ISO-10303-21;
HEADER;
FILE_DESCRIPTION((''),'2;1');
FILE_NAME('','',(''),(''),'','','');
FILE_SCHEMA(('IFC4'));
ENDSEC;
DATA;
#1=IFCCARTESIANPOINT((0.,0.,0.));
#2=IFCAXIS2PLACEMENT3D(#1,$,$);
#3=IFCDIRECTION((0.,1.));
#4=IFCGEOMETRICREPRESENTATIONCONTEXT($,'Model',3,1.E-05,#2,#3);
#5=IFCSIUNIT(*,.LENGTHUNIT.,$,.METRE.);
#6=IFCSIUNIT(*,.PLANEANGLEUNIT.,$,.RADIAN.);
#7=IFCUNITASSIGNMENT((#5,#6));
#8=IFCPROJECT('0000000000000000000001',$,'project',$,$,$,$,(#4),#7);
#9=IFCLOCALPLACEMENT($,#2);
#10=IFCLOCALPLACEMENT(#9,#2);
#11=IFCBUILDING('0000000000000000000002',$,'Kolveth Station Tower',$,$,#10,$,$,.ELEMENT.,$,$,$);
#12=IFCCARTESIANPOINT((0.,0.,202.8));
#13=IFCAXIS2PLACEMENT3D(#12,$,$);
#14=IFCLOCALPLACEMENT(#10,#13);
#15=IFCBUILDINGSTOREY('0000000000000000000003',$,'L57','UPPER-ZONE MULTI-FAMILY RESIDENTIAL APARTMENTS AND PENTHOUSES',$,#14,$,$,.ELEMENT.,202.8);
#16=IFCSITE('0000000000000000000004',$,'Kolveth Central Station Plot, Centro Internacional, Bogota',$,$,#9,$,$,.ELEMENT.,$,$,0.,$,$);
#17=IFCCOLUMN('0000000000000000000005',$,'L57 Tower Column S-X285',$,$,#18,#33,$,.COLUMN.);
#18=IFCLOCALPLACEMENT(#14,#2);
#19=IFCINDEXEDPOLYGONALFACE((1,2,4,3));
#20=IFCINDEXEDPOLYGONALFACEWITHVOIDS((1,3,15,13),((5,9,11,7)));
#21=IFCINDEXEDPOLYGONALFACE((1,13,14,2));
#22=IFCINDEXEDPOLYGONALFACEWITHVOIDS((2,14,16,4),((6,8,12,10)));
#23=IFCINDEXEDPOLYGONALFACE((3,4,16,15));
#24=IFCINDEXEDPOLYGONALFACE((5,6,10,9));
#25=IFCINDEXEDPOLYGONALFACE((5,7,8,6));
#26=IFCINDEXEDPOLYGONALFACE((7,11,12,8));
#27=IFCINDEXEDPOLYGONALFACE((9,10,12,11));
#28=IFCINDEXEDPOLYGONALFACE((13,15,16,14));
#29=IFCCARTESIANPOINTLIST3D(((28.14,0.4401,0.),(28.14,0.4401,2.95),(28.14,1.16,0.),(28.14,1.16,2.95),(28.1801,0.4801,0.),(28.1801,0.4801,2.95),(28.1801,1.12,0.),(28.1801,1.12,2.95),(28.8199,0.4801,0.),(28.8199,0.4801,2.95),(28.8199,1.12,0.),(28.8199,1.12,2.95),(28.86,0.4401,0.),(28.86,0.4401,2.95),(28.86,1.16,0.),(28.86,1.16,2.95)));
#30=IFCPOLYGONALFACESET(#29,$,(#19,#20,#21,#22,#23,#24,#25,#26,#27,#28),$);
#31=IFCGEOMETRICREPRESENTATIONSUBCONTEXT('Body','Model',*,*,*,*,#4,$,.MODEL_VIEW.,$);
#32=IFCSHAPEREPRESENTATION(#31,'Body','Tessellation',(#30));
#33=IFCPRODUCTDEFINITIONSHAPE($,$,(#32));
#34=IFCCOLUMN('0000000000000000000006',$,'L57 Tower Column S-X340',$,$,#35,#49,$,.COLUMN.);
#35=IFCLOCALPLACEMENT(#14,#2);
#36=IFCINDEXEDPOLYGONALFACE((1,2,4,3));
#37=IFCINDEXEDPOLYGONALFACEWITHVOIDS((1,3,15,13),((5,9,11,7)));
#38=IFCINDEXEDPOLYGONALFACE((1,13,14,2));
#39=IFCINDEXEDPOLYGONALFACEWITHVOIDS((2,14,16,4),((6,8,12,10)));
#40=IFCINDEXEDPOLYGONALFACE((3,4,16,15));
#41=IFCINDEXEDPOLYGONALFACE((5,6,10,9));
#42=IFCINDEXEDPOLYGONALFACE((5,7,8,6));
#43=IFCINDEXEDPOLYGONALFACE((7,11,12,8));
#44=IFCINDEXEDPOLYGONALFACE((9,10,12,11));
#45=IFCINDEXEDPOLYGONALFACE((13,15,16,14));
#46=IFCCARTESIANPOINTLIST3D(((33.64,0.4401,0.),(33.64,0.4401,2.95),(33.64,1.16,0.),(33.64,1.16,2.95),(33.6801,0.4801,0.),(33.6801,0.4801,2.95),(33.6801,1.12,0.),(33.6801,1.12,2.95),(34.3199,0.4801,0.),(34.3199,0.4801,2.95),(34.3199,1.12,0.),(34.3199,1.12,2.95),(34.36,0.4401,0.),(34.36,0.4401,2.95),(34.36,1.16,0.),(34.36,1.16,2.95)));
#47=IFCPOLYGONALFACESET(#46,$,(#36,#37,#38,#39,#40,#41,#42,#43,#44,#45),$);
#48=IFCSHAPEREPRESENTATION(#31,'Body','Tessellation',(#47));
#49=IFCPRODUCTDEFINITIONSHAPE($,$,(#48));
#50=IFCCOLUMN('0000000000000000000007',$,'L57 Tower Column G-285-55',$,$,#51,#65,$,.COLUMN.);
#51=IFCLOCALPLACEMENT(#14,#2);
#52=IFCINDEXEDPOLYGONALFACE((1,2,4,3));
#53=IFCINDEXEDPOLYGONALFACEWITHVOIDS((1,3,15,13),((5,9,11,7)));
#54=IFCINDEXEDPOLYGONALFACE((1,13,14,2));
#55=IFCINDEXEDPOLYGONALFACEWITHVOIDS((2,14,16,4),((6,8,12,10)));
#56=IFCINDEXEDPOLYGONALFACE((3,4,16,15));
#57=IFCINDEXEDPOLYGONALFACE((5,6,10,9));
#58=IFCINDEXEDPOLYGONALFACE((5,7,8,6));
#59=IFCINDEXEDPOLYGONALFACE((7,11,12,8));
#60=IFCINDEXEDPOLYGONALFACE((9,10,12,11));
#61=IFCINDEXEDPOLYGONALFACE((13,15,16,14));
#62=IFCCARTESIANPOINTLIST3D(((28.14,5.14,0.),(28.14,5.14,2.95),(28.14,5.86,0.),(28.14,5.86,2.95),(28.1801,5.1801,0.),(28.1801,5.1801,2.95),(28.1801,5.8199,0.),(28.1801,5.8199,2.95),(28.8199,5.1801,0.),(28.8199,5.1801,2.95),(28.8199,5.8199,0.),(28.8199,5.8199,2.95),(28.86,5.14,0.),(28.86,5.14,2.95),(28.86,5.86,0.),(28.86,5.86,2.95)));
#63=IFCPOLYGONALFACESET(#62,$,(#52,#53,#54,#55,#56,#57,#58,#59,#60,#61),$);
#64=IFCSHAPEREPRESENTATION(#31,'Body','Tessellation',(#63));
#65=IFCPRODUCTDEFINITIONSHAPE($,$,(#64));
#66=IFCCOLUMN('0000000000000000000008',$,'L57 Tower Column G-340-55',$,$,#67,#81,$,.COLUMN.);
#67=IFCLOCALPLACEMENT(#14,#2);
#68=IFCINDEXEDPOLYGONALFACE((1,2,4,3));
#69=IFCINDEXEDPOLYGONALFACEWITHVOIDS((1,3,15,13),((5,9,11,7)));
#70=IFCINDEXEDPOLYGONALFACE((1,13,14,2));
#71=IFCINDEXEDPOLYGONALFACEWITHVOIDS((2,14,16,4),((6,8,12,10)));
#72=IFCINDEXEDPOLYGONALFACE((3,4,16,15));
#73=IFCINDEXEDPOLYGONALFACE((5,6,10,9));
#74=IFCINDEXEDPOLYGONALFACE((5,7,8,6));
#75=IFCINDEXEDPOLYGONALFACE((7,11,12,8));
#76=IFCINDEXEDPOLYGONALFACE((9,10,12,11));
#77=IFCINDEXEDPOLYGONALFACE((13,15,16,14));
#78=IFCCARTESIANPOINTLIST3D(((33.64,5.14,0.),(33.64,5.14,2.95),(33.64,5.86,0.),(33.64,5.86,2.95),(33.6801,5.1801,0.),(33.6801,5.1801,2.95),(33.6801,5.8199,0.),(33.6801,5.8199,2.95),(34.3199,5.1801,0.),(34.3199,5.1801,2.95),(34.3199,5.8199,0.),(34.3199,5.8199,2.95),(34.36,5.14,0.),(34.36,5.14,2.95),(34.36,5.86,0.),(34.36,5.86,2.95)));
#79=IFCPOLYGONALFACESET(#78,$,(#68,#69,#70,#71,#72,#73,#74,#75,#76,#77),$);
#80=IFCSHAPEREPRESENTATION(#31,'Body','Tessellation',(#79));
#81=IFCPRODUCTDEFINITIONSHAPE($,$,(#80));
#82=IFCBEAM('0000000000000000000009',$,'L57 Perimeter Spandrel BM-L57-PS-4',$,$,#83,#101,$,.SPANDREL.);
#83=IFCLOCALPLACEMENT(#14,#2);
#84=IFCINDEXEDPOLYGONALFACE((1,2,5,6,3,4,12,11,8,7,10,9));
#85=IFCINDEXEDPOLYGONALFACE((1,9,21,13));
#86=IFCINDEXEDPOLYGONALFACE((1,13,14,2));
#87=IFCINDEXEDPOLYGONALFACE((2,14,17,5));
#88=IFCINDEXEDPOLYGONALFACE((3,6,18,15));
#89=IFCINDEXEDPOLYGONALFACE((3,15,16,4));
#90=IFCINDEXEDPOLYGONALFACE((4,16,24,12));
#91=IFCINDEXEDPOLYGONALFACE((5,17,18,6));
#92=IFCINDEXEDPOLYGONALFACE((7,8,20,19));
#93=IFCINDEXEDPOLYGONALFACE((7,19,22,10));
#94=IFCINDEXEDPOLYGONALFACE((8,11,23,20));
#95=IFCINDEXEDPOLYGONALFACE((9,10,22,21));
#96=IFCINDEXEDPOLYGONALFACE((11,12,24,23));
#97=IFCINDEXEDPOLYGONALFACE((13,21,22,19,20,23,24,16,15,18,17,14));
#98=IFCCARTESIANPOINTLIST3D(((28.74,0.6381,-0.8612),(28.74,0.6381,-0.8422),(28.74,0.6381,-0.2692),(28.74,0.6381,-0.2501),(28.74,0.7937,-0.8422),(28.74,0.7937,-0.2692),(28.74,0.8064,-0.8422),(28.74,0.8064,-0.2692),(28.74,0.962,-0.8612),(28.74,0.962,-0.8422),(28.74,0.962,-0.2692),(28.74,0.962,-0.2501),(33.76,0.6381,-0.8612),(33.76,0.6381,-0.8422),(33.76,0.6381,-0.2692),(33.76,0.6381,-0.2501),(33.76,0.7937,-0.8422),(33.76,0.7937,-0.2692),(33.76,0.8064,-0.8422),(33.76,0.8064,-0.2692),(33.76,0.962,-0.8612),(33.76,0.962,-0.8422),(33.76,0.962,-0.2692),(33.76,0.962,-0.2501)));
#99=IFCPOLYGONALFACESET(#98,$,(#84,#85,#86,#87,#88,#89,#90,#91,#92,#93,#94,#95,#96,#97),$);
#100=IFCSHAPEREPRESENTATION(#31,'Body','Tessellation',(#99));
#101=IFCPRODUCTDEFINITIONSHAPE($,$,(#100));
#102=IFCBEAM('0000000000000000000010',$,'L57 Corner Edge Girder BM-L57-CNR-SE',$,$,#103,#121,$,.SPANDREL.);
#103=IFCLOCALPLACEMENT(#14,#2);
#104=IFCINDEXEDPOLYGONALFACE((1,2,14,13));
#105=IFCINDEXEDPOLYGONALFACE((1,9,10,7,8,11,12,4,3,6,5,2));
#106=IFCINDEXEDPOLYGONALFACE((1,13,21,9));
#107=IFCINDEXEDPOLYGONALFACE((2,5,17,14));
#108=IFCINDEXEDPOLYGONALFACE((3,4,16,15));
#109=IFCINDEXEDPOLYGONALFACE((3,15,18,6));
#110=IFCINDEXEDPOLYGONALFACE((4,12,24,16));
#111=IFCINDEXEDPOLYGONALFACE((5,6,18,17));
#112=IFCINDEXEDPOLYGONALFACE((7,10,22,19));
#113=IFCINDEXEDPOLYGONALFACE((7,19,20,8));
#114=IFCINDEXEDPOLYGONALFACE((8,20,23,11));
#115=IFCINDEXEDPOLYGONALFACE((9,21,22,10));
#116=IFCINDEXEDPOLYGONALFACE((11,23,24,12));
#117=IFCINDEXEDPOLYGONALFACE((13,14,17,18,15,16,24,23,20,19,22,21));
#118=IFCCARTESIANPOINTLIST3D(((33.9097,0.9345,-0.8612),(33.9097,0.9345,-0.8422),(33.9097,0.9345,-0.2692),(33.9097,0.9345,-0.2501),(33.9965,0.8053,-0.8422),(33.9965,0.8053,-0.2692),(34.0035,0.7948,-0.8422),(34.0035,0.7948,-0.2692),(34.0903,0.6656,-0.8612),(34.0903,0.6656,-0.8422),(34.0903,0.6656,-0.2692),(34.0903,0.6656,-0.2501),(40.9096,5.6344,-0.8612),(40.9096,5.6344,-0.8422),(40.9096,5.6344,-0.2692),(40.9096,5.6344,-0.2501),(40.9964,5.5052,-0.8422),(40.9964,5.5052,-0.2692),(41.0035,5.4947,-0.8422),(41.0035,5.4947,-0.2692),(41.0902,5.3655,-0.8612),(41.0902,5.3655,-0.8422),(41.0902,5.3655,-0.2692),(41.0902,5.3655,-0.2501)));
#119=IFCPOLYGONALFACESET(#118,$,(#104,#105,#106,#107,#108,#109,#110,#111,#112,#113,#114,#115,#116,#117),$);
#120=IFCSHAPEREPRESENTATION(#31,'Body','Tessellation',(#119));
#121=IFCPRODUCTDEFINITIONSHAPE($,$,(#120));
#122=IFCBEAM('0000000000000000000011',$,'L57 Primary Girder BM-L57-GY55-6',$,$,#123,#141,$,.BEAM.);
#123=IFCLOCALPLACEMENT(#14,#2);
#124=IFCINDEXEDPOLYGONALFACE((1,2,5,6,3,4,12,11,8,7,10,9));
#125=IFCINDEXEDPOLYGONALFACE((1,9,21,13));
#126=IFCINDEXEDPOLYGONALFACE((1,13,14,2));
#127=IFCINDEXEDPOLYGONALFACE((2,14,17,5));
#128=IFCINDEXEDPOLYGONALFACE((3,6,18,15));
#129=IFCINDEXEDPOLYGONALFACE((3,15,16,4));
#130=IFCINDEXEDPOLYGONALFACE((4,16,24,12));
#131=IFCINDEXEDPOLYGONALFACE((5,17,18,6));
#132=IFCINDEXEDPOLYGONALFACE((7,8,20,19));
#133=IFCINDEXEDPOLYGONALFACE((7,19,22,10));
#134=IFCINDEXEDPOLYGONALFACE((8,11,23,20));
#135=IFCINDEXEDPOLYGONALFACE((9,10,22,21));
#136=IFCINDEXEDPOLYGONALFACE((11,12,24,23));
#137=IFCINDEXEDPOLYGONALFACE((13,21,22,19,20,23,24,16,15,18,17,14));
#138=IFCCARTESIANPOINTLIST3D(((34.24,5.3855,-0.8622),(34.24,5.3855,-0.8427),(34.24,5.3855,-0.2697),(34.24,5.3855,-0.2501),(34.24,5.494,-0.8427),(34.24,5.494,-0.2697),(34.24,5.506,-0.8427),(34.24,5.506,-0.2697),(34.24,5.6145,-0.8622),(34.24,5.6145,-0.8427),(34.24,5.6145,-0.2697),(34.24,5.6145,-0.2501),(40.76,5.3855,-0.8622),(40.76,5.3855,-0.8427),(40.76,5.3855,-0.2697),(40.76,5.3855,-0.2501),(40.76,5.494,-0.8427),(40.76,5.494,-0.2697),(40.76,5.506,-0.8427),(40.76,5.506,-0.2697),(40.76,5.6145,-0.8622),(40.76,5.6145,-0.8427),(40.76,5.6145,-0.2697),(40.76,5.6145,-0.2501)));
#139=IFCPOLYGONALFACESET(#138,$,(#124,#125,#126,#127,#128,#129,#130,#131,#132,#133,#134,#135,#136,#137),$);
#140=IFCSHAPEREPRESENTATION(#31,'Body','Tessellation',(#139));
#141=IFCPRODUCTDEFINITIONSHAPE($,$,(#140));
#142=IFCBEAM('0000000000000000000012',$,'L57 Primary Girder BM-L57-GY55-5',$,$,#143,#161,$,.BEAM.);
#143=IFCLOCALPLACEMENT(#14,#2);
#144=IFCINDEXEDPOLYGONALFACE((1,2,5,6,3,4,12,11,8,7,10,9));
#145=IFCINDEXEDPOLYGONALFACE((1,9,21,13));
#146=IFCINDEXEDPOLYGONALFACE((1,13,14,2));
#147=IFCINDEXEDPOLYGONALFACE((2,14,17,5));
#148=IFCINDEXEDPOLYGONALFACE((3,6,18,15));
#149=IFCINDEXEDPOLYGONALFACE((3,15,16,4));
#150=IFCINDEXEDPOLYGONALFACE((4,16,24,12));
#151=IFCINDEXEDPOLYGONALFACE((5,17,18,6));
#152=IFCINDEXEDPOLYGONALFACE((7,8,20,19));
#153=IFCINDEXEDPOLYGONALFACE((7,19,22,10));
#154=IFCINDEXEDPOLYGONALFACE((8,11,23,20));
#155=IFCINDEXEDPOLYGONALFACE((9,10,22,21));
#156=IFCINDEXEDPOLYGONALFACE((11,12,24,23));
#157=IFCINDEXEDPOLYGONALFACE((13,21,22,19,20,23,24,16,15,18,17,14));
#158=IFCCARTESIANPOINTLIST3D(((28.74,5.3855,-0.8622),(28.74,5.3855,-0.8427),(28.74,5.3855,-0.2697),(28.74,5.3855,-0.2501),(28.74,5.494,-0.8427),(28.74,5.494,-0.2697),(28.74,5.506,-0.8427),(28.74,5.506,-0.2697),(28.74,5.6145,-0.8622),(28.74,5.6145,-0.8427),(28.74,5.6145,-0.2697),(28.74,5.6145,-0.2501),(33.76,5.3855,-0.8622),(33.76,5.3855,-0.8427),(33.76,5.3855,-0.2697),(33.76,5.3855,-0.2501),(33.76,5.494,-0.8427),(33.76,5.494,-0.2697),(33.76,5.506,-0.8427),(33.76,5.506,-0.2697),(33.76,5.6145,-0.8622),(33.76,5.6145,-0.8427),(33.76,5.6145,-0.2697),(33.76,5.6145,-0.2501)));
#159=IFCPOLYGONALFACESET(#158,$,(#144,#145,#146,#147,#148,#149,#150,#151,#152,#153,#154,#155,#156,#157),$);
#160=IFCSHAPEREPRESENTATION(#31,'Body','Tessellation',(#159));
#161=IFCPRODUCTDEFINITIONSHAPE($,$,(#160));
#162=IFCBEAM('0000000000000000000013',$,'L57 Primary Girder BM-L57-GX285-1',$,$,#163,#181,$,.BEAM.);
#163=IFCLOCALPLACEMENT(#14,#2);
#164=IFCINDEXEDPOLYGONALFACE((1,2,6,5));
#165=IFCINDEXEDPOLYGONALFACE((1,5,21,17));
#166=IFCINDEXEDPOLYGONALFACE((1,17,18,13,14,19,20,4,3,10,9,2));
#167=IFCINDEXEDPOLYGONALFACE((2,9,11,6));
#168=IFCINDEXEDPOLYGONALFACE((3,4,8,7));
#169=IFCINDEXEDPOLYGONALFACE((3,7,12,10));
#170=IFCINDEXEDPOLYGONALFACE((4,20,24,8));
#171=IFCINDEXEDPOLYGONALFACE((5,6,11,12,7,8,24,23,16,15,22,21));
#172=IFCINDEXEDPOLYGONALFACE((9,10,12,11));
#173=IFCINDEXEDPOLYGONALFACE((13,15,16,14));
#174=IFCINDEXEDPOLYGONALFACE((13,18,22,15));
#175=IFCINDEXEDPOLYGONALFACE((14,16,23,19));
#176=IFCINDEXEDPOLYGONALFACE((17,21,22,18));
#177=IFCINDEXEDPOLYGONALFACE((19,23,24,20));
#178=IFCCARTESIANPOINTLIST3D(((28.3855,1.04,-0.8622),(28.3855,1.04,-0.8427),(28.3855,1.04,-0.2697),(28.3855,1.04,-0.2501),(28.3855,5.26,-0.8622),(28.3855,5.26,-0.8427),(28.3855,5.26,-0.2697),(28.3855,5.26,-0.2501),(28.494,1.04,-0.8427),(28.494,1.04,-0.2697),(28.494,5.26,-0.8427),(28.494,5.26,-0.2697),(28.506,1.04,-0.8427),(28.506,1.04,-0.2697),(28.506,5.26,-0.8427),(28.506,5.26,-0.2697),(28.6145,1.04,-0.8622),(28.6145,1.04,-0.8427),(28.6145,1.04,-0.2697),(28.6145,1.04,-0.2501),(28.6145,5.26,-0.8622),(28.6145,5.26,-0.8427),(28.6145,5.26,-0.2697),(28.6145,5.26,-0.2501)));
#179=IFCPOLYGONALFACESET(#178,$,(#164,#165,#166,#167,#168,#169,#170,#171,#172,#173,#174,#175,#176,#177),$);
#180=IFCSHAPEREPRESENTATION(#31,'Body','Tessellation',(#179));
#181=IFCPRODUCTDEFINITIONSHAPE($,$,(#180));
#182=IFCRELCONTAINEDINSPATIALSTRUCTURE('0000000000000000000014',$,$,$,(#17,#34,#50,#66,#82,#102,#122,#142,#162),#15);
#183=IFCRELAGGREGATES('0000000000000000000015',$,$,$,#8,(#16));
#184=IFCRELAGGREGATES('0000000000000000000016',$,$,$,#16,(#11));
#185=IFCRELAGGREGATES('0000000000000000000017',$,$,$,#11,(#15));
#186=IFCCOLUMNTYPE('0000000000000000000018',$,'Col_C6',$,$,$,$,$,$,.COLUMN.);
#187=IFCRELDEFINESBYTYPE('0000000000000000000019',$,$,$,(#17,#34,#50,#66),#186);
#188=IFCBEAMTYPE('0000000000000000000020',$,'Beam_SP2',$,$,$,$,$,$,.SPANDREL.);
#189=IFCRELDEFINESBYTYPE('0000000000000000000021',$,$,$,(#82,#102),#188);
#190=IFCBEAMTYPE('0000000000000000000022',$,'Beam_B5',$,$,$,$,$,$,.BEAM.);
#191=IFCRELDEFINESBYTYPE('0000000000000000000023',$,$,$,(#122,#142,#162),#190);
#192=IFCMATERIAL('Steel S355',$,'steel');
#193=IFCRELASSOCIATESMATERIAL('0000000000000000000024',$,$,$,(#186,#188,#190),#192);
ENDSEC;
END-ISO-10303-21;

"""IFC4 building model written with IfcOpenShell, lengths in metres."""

from ifc_helpers import new_model, si_unit, direction, frame, origin, origin_2d, place, context, subcontext, project, spatial, hollow_rectangle, i_section, extrude, source, transform, mapped, material, material_profile, profile_set, type_object, element, save


model = new_model("IFC4")

# Units and contexts
model_context = context("Model", 3, precision=1e-05, world=origin(), true_north=direction((0.0, 1.0)))
body_context = subcontext(model_context, "Body", "Model", "MODEL_VIEW")
ifc_project = project(units=[si_unit("LENGTHUNIT", "METRE"), si_unit("PLANEANGLEUNIT", "RADIAN")], contexts=[model_context])

# Site, building, storey
site_placement = place(None, origin())
site = spatial("IfcSite", under=ifc_project, at=site_placement, Name="Kolveth Central Station Plot, Centro Internacional, Bogota", CompositionType="ELEMENT", RefElevation=0.0)
building_placement = place(site_placement, origin())
building = spatial("IfcBuilding", under=site, at=building_placement, Name="Kolveth Station Tower", CompositionType="ELEMENT")
storey_placement = place(building_placement, frame((0.0, 0.0, 202.8)))
storey = spatial("IfcBuildingStorey", under=building, at=storey_placement, Name="L57", Description="UPPER-ZONE MULTI-FAMILY RESIDENTIAL APARTMENTS AND PENTHOUSES", CompositionType="ELEMENT", Elevation=202.8)

# Columns
ifc_material_1 = material(Name="Steel S355", Category="steel")
ifc_material_profile_1 = material_profile(ifc_material_1, hollow_rectangle(XDim=0.72, YDim=0.72, WallThickness=0.04, at=origin_2d()), Name="BOX720x720x40")
ifc_profile_set_1 = profile_set([ifc_material_profile_1], Name="Steel S355")
column_type = type_object("IfcColumnType", Name="Col_C6", PredefinedType="COLUMN", material=ifc_profile_set_1)
shared_shape_1 = source(origin(), body_context, "Body", "SweptSolid", [
    extrude(hollow_rectangle(XDim=0.72, YDim=0.72, WallThickness=0.04, at=origin_2d()), origin(), (0.0, 0.0, 1.0), 2.95),
])
for number, where, z_axis, x_axis, name in (
    (1, (28.5, 0.8, 0.0), (0.0, 0.0, 1.0), (1.0, 0.0, 0.0), "L57 Tower Column S-X285"),
    (2, (34.0, 0.8, 0.0), (0.0, 0.0, 1.0), (1.0, 0.0, 0.0), "L57 Tower Column S-X340"),
    (3, (28.5, 5.5, 0.0), (0.0, 0.0, 1.0), (1.0, 0.0, 0.0), "L57 Tower Column G-285-55"),
    (4, (34.0, 5.5, 0.0), (0.0, 0.0, 1.0), (1.0, 0.0, 0.0), "L57 Tower Column G-340-55"),
):
    element("IfcColumn", number, at=place(storey_placement, frame(where, z_axis=z_axis, x_axis=x_axis)), inside=storey, type_object=column_type, Name=name, PredefinedType="COLUMN", context=body_context, shape_type="MappedRepresentation", body=[
        mapped(shared_shape_1, transform((0.0, 0.0, 0.0), x_axis=(1.0, 0.0, 0.0), y_axis=(0.0, 1.0, 0.0), z_axis=(0.0, 0.0, 1.0), scale=1.0)),
    ])

# Beams
ifc_material_profile_2 = material_profile(ifc_material_1, i_section(OverallWidth=0.324, OverallDepth=0.6111, WebThickness=0.0127, FlangeThickness=0.019, at=origin_2d()), Name="W610x155")
ifc_profile_set_2 = profile_set([ifc_material_profile_2], Name="Steel S355")
beam_type_1 = type_object("IfcBeamType", Name="Beam_SP2", PredefinedType="SPANDREL", material=ifc_profile_set_2)
shared_shape_2 = source(origin(), body_context, "Body", "SweptSolid", [
    extrude(i_section(OverallWidth=0.324, OverallDepth=0.6111, WebThickness=0.0127, FlangeThickness=0.019, at=origin_2d()), origin(), (0.0, 0.0, 1.0), 5.02),
])
beam_1_placement = place(storey_placement, frame((28.74, 0.8, -0.5557), z_axis=(1.0, 0.0, 0.0), x_axis=(0.0, 1.0, 0.0)))
element("IfcBeam", 5, at=beam_1_placement, inside=storey, type_object=beam_type_1, Name="L57 Perimeter Spandrel BM-L57-PS-4", PredefinedType="SPANDREL", context=body_context, shape_type="MappedRepresentation", body=[
    mapped(shared_shape_2, transform((0.0, 0.0, 0.0), x_axis=(1.0, 0.0, 0.0), y_axis=(0.0, 1.0, 0.0), z_axis=(0.0, 0.0, 1.0), scale=1.0)),
])
shared_shape_3 = source(origin(), body_context, "Body", "SweptSolid", [
    extrude(i_section(OverallWidth=0.324, OverallDepth=0.6111, WebThickness=0.0127, FlangeThickness=0.019, at=origin_2d()), origin(), (0.0, 0.0, 1.0), 8.4314),
])
beam_2_placement = place(storey_placement, frame((34.0, 0.8, -0.5557), z_axis=(0.830224, 0.55743, 0.0), x_axis=(-0.55743, 0.830224, 0.0)))
element("IfcBeam", 6, at=beam_2_placement, inside=storey, type_object=beam_type_1, Name="L57 Corner Edge Girder BM-L57-CNR-SE", PredefinedType="SPANDREL", context=body_context, shape_type="MappedRepresentation", body=[
    mapped(shared_shape_3, transform((0.0, 0.0, 0.0), x_axis=(1.0, 0.0, 0.0), y_axis=(0.0, 1.0, 0.0), z_axis=(0.0, 0.0, 1.0), scale=1.0)),
])
ifc_material_profile_3 = material_profile(ifc_material_1, i_section(OverallWidth=0.229, OverallDepth=0.6121, WebThickness=0.012, FlangeThickness=0.0195, at=origin_2d()), Name="W610x125")
ifc_profile_set_3 = profile_set([ifc_material_profile_3], Name="Steel S355")
beam_type_2 = type_object("IfcBeamType", Name="Beam_B5", PredefinedType="BEAM", material=ifc_profile_set_3)
shared_shape_4 = source(origin(), body_context, "Body", "SweptSolid", [
    extrude(i_section(OverallWidth=0.229, OverallDepth=0.6121, WebThickness=0.012, FlangeThickness=0.0195, at=origin_2d()), origin(), (0.0, 0.0, 1.0), 6.52),
])
beam_3_placement = place(storey_placement, frame((34.24, 5.5, -0.5562), z_axis=(1.0, 0.0, 0.0), x_axis=(0.0, 1.0, 0.0)))
element("IfcBeam", 7, at=beam_3_placement, inside=storey, type_object=beam_type_2, Name="L57 Primary Girder BM-L57-GY55-6", PredefinedType="BEAM", context=body_context, shape_type="MappedRepresentation", body=[
    mapped(shared_shape_4, transform((0.0, 0.0, 0.0), x_axis=(1.0, 0.0, 0.0), y_axis=(0.0, 1.0, 0.0), z_axis=(0.0, 0.0, 1.0), scale=1.0)),
])
shared_shape_5 = source(origin(), body_context, "Body", "SweptSolid", [
    extrude(i_section(OverallWidth=0.229, OverallDepth=0.6121, WebThickness=0.012, FlangeThickness=0.0195, at=origin_2d()), origin(), (0.0, 0.0, 1.0), 5.02),
])
beam_4_placement = place(storey_placement, frame((28.74, 5.5, -0.5562), z_axis=(1.0, 0.0, 0.0), x_axis=(0.0, 1.0, 0.0)))
element("IfcBeam", 8, at=beam_4_placement, inside=storey, type_object=beam_type_2, Name="L57 Primary Girder BM-L57-GY55-5", PredefinedType="BEAM", context=body_context, shape_type="MappedRepresentation", body=[
    mapped(shared_shape_5, transform((0.0, 0.0, 0.0), x_axis=(1.0, 0.0, 0.0), y_axis=(0.0, 1.0, 0.0), z_axis=(0.0, 0.0, 1.0), scale=1.0)),
])
shared_shape_6 = source(origin(), body_context, "Body", "SweptSolid", [
    extrude(i_section(OverallWidth=0.229, OverallDepth=0.6121, WebThickness=0.012, FlangeThickness=0.0195, at=origin_2d()), origin(), (0.0, 0.0, 1.0), 4.22),
])
for number, where, z_axis, x_axis, name in (
    (9, (28.5, 1.04, -0.5562), (0.0, 1.0, 0.0), (-1.0, 0.0, 0.0), "L57 Primary Girder BM-L57-GX285-1"),
):
    element("IfcBeam", number, at=place(storey_placement, frame(where, z_axis=z_axis, x_axis=x_axis)), inside=storey, type_object=beam_type_2, Name=name, PredefinedType="BEAM", context=body_context, shape_type="MappedRepresentation", body=[
        mapped(shared_shape_6, transform((0.0, 0.0, 0.0), x_axis=(1.0, 0.0, 0.0), y_axis=(0.0, 1.0, 0.0), z_axis=(0.0, 0.0, 1.0), scale=1.0)),
    ])

save(model, "model.ifc")
